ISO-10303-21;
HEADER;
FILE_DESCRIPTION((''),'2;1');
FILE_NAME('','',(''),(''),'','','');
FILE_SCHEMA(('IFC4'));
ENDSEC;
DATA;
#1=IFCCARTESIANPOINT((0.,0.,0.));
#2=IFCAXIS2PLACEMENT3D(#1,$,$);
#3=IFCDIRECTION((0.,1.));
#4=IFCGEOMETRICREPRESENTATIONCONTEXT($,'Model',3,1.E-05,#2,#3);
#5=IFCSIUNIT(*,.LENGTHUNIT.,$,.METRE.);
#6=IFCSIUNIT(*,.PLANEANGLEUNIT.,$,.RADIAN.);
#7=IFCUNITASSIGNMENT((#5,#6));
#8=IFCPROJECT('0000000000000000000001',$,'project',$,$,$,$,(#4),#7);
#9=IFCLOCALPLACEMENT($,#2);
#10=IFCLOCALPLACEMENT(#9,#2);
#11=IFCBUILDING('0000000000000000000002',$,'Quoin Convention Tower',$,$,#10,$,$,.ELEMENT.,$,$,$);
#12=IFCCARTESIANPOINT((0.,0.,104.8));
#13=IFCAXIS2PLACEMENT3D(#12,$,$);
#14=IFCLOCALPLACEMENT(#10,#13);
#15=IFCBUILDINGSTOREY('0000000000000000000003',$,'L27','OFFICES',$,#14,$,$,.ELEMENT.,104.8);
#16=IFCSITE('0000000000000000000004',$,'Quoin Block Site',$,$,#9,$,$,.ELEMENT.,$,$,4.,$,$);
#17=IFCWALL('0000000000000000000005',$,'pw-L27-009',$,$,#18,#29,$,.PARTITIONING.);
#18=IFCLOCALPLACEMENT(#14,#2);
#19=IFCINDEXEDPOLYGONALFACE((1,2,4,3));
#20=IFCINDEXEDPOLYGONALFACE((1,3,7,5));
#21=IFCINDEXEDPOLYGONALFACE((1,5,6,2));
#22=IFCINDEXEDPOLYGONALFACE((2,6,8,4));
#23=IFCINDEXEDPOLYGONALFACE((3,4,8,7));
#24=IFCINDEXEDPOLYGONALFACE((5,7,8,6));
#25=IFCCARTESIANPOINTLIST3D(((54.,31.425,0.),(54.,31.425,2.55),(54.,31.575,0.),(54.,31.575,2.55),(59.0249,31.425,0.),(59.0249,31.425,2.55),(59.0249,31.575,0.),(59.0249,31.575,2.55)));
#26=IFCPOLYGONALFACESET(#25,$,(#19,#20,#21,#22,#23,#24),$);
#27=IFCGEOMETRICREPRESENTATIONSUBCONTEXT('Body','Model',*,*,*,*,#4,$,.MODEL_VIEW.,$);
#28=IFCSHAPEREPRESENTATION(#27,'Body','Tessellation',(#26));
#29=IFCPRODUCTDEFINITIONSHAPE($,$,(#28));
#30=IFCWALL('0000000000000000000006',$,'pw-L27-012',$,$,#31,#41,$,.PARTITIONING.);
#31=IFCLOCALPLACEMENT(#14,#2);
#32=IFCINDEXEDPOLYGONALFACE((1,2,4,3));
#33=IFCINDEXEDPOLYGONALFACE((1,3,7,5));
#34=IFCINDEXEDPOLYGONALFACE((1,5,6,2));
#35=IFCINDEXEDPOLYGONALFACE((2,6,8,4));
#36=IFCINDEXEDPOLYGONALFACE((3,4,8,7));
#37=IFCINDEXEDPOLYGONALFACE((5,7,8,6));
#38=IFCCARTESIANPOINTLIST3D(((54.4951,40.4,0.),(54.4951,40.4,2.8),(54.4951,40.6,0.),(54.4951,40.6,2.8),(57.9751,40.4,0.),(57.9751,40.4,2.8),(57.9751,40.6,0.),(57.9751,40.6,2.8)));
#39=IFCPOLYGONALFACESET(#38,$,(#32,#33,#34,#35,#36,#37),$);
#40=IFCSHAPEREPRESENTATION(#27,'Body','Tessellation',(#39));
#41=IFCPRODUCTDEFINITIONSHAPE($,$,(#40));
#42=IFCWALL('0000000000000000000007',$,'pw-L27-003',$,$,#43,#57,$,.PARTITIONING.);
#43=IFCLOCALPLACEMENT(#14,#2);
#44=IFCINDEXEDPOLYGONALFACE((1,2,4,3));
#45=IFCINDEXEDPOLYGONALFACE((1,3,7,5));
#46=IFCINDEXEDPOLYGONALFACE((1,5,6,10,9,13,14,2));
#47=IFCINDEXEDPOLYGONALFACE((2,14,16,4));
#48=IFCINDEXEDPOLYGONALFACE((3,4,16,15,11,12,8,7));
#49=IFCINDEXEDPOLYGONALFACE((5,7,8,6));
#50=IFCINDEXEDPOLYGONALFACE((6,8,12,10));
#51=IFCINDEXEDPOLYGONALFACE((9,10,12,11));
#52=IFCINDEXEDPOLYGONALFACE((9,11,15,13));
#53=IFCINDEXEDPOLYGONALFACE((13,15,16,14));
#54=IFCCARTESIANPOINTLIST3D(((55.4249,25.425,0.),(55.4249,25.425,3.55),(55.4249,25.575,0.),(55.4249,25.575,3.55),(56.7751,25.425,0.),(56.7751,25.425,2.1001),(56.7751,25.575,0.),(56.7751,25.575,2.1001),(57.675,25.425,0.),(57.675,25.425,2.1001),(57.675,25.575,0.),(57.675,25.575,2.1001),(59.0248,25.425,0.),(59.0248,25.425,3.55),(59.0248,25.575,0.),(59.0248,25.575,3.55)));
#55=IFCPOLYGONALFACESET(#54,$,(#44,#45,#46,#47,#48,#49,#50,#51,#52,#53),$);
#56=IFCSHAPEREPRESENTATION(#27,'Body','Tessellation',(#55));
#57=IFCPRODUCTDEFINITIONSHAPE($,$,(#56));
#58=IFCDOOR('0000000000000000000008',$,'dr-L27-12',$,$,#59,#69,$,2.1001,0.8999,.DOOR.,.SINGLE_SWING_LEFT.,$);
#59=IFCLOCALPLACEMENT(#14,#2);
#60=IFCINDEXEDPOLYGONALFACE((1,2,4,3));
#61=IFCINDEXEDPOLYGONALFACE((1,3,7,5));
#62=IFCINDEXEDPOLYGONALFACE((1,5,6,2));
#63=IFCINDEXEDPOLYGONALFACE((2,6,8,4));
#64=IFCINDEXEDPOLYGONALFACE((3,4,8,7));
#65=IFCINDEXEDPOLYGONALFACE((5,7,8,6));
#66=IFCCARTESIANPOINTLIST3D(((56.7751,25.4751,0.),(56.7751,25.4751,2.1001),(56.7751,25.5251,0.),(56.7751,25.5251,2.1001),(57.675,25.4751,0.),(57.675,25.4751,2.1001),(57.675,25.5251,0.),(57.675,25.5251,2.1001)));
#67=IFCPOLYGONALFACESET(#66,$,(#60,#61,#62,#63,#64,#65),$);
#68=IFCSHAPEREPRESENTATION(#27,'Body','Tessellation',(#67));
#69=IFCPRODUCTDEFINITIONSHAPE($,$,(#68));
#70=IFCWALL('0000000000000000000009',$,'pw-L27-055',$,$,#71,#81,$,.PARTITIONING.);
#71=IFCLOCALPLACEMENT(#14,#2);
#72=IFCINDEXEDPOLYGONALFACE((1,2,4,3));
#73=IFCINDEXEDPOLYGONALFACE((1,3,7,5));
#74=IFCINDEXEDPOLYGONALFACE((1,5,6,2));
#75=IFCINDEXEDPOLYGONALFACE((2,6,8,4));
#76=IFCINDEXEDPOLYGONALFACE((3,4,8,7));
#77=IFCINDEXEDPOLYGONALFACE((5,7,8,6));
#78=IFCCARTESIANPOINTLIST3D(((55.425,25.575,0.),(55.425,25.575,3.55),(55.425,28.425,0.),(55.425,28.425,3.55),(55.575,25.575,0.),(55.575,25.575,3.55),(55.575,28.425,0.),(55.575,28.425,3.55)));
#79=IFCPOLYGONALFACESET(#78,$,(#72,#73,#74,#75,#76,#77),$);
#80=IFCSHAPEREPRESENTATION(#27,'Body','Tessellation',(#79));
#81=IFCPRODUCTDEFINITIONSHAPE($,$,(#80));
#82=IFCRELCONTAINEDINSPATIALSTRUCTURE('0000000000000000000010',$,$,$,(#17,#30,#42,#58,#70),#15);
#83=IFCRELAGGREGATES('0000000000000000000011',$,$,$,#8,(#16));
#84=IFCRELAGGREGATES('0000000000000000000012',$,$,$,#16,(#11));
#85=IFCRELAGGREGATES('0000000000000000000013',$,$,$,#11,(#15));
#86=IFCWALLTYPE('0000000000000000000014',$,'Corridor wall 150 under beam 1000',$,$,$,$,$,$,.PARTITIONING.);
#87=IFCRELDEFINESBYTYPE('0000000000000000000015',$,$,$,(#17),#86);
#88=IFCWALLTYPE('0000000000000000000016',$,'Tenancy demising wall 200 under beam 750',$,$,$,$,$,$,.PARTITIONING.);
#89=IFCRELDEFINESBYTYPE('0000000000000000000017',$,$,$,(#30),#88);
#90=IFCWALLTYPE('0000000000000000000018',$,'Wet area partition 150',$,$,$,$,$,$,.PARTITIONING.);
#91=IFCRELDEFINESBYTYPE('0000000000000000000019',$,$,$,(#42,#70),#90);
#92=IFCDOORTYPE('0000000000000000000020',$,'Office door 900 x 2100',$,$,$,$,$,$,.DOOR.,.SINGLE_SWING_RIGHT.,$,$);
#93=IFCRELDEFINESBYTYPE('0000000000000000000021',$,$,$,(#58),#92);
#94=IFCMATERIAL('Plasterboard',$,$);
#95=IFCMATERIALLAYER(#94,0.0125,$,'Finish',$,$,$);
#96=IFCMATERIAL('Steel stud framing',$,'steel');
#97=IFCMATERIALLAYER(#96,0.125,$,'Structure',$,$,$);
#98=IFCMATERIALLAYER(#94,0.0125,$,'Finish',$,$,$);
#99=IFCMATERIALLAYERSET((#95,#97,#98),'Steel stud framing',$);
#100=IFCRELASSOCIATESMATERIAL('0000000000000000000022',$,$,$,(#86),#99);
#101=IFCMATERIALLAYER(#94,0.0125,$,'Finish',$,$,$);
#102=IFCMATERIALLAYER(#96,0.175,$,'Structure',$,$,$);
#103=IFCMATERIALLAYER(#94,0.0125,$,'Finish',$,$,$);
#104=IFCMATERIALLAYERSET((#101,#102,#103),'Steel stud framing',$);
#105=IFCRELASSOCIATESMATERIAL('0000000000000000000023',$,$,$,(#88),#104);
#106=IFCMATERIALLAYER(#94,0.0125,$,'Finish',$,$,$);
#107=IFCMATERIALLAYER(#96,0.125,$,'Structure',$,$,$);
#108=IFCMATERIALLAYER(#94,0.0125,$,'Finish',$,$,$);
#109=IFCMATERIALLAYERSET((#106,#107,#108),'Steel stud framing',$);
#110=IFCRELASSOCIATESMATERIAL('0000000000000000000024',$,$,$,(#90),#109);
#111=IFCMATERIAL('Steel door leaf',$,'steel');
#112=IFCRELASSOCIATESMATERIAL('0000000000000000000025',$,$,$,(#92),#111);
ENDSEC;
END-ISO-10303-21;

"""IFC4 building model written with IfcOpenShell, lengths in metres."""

from ifc_helpers import new_model, si_unit, direction, frame, frame_2d, origin, place, context, subcontext, project, spatial, rectangle, extrude, material, layer, layer_set, type_object, element, fill, save


model = new_model("IFC4")

# Units and contexts
model_context = context("Model", 3, precision=1e-05, world=origin(), true_north=direction((0.0, 1.0)))
body_context = subcontext(model_context, "Body", "Model", "MODEL_VIEW")
ifc_project = project(units=[si_unit("LENGTHUNIT", "METRE"), si_unit("PLANEANGLEUNIT", "RADIAN")], contexts=[model_context])

# Site, building, storey
site_placement = place(None, origin())
site = spatial("IfcSite", under=ifc_project, at=site_placement, Name="Quoin Block Site", CompositionType="ELEMENT", RefElevation=4.0)
building_placement = place(site_placement, origin())
building = spatial("IfcBuilding", under=site, at=building_placement, Name="Quoin Convention Tower", CompositionType="ELEMENT")
storey_placement = place(building_placement, frame((0.0, 0.0, 104.8)))
storey = spatial("IfcBuildingStorey", under=building, at=storey_placement, Name="L27", Description="OFFICES", CompositionType="ELEMENT", Elevation=104.8)

# Shared definitions
ifc_material_1 = material(Name="Plasterboard")
ifc_material_2 = material(Name="Steel stud framing", Category="steel")

# Walls
ifc_layer_1 = layer(ifc_material_1, 0.0125, Name="Finish")
ifc_layer_2 = layer(ifc_material_2, 0.125, Name="Structure")
ifc_layer_3 = layer(ifc_material_1, 0.0125, Name="Finish")
ifc_layer_set_1 = layer_set([ifc_layer_1, ifc_layer_2, ifc_layer_3], Name="Steel stud framing")
wall_type_1 = type_object("IfcWallType", Name="Corridor wall 150 under beam 1000", PredefinedType="PARTITIONING", material=ifc_layer_set_1)
wall_1_placement = place(storey_placement, frame((54.0, 31.5, 0.0), z_axis=(0.0, 0.0, 1.0), x_axis=(1.0, 0.0, 0.0)))
element("IfcWall", 1, at=wall_1_placement, inside=storey, type_object=wall_type_1, Name="pw-L27-009", PredefinedType="PARTITIONING", context=body_context, shape_type="SweptSolid", body=[
    extrude(rectangle(XDim=5.0249, YDim=0.1499, at=frame_2d((2.5125, 0.0))), origin(), (0.0, 0.0, 1.0), 2.55),
])
ifc_layer_4 = layer(ifc_material_1, 0.0125, Name="Finish")
ifc_layer_5 = layer(ifc_material_2, 0.175, Name="Structure")
ifc_layer_6 = layer(ifc_material_1, 0.0125, Name="Finish")
ifc_layer_set_2 = layer_set([ifc_layer_4, ifc_layer_5, ifc_layer_6], Name="Steel stud framing")
wall_type_2 = type_object("IfcWallType", Name="Tenancy demising wall 200 under beam 750", PredefinedType="PARTITIONING", material=ifc_layer_set_2)
wall_2_placement = place(storey_placement, frame((54.4951, 40.5, 0.0), z_axis=(0.0, 0.0, 1.0), x_axis=(1.0, 0.0, 0.0)))
element("IfcWall", 2, at=wall_2_placement, inside=storey, type_object=wall_type_2, Name="pw-L27-012", PredefinedType="PARTITIONING", context=body_context, shape_type="SweptSolid", body=[
    extrude(rectangle(XDim=3.48, YDim=0.2, at=frame_2d((1.74, 0.0))), origin(), (0.0, 0.0, 1.0), 2.8),
])

# Wall, opening, door
ifc_layer_7 = layer(ifc_material_1, 0.0125, Name="Finish")
ifc_layer_8 = layer(ifc_material_2, 0.125, Name="Structure")
ifc_layer_9 = layer(ifc_material_1, 0.0125, Name="Finish")
ifc_layer_set_3 = layer_set([ifc_layer_7, ifc_layer_8, ifc_layer_9], Name="Steel stud framing")
wall_type_3 = type_object("IfcWallType", Name="Wet area partition 150", PredefinedType="PARTITIONING", material=ifc_layer_set_3)
wall_3_placement = place(storey_placement, frame((55.425, 25.5, 0.0), z_axis=(0.0, 0.0, 1.0), x_axis=(1.0, 0.0, 0.0)))
wall_3 = element("IfcWall", 3, at=wall_3_placement, inside=storey, type_object=wall_type_3, Name="pw-L27-003", PredefinedType="PARTITIONING", context=body_context, shape_type="SweptSolid", body=[
    extrude(rectangle(XDim=3.5999, YDim=0.1499, at=frame_2d((1.7998, 0.0))), origin(), (0.0, 0.0, 1.0), 3.55),
])
opening_1_placement = place(wall_3_placement, frame((1.3501, 0.0, 0.0)))
opening_1 = element("IfcOpeningElement", 4, at=opening_1_placement, cuts=wall_3, PredefinedType="OPENING", context=body_context, shape_type="SweptSolid", body=[
    extrude(rectangle(XDim=0.8999, YDim=2.1001, at=frame_2d((0.45, 1.05))), frame((0.0, 0.085, 0.0), z_axis=(0.0, -1.0, 0.0), x_axis=(1.0, 0.0, 0.0)), (0.0, 0.0, 1.0), 0.1699),
])
ifc_material_3 = material(Name="Steel door leaf", Category="steel")
door_type = type_object("IfcDoorType", Name="Office door 900 x 2100", OperationType="SINGLE_SWING_RIGHT", PredefinedType="DOOR", material=ifc_material_3)
door_placement = place(opening_1_placement, frame((0.8999, 0.0, 0.0), z_axis=(0.0, 0.0, 1.0), x_axis=(-1.0, 0.0, 0.0)))
door = element("IfcDoor", 5, at=door_placement, inside=storey, type_object=door_type, Name="dr-L27-12", OperationType="SINGLE_SWING_LEFT", OverallHeight=2.1001, OverallWidth=0.8999, PredefinedType="DOOR", context=body_context, shape_type="SweptSolid", body=[
    extrude(rectangle(XDim=0.8999, YDim=2.1001, at=frame_2d((0.45, 1.05))), frame((0.0, 0.0249, 0.0), z_axis=(0.0, -1.0, 0.0), x_axis=(1.0, 0.0, 0.0)), (0.0, 0.0, 1.0), 0.05),
])
fill(opening_1, door)

# Wall
wall_4_placement = place(storey_placement, frame((55.5, 25.575, 0.0), z_axis=(0.0, 0.0, 1.0), x_axis=(0.0, 1.0, 0.0)))
element("IfcWall", 6, at=wall_4_placement, inside=storey, type_object=wall_type_3, Name="pw-L27-055", PredefinedType="PARTITIONING", context=body_context, shape_type="SweptSolid", body=[
    extrude(rectangle(XDim=2.8501, YDim=0.1499, at=frame_2d((1.425, 0.0))), origin(), (0.0, 0.0, 1.0), 3.55),
])

save(model, "model.ifc")
